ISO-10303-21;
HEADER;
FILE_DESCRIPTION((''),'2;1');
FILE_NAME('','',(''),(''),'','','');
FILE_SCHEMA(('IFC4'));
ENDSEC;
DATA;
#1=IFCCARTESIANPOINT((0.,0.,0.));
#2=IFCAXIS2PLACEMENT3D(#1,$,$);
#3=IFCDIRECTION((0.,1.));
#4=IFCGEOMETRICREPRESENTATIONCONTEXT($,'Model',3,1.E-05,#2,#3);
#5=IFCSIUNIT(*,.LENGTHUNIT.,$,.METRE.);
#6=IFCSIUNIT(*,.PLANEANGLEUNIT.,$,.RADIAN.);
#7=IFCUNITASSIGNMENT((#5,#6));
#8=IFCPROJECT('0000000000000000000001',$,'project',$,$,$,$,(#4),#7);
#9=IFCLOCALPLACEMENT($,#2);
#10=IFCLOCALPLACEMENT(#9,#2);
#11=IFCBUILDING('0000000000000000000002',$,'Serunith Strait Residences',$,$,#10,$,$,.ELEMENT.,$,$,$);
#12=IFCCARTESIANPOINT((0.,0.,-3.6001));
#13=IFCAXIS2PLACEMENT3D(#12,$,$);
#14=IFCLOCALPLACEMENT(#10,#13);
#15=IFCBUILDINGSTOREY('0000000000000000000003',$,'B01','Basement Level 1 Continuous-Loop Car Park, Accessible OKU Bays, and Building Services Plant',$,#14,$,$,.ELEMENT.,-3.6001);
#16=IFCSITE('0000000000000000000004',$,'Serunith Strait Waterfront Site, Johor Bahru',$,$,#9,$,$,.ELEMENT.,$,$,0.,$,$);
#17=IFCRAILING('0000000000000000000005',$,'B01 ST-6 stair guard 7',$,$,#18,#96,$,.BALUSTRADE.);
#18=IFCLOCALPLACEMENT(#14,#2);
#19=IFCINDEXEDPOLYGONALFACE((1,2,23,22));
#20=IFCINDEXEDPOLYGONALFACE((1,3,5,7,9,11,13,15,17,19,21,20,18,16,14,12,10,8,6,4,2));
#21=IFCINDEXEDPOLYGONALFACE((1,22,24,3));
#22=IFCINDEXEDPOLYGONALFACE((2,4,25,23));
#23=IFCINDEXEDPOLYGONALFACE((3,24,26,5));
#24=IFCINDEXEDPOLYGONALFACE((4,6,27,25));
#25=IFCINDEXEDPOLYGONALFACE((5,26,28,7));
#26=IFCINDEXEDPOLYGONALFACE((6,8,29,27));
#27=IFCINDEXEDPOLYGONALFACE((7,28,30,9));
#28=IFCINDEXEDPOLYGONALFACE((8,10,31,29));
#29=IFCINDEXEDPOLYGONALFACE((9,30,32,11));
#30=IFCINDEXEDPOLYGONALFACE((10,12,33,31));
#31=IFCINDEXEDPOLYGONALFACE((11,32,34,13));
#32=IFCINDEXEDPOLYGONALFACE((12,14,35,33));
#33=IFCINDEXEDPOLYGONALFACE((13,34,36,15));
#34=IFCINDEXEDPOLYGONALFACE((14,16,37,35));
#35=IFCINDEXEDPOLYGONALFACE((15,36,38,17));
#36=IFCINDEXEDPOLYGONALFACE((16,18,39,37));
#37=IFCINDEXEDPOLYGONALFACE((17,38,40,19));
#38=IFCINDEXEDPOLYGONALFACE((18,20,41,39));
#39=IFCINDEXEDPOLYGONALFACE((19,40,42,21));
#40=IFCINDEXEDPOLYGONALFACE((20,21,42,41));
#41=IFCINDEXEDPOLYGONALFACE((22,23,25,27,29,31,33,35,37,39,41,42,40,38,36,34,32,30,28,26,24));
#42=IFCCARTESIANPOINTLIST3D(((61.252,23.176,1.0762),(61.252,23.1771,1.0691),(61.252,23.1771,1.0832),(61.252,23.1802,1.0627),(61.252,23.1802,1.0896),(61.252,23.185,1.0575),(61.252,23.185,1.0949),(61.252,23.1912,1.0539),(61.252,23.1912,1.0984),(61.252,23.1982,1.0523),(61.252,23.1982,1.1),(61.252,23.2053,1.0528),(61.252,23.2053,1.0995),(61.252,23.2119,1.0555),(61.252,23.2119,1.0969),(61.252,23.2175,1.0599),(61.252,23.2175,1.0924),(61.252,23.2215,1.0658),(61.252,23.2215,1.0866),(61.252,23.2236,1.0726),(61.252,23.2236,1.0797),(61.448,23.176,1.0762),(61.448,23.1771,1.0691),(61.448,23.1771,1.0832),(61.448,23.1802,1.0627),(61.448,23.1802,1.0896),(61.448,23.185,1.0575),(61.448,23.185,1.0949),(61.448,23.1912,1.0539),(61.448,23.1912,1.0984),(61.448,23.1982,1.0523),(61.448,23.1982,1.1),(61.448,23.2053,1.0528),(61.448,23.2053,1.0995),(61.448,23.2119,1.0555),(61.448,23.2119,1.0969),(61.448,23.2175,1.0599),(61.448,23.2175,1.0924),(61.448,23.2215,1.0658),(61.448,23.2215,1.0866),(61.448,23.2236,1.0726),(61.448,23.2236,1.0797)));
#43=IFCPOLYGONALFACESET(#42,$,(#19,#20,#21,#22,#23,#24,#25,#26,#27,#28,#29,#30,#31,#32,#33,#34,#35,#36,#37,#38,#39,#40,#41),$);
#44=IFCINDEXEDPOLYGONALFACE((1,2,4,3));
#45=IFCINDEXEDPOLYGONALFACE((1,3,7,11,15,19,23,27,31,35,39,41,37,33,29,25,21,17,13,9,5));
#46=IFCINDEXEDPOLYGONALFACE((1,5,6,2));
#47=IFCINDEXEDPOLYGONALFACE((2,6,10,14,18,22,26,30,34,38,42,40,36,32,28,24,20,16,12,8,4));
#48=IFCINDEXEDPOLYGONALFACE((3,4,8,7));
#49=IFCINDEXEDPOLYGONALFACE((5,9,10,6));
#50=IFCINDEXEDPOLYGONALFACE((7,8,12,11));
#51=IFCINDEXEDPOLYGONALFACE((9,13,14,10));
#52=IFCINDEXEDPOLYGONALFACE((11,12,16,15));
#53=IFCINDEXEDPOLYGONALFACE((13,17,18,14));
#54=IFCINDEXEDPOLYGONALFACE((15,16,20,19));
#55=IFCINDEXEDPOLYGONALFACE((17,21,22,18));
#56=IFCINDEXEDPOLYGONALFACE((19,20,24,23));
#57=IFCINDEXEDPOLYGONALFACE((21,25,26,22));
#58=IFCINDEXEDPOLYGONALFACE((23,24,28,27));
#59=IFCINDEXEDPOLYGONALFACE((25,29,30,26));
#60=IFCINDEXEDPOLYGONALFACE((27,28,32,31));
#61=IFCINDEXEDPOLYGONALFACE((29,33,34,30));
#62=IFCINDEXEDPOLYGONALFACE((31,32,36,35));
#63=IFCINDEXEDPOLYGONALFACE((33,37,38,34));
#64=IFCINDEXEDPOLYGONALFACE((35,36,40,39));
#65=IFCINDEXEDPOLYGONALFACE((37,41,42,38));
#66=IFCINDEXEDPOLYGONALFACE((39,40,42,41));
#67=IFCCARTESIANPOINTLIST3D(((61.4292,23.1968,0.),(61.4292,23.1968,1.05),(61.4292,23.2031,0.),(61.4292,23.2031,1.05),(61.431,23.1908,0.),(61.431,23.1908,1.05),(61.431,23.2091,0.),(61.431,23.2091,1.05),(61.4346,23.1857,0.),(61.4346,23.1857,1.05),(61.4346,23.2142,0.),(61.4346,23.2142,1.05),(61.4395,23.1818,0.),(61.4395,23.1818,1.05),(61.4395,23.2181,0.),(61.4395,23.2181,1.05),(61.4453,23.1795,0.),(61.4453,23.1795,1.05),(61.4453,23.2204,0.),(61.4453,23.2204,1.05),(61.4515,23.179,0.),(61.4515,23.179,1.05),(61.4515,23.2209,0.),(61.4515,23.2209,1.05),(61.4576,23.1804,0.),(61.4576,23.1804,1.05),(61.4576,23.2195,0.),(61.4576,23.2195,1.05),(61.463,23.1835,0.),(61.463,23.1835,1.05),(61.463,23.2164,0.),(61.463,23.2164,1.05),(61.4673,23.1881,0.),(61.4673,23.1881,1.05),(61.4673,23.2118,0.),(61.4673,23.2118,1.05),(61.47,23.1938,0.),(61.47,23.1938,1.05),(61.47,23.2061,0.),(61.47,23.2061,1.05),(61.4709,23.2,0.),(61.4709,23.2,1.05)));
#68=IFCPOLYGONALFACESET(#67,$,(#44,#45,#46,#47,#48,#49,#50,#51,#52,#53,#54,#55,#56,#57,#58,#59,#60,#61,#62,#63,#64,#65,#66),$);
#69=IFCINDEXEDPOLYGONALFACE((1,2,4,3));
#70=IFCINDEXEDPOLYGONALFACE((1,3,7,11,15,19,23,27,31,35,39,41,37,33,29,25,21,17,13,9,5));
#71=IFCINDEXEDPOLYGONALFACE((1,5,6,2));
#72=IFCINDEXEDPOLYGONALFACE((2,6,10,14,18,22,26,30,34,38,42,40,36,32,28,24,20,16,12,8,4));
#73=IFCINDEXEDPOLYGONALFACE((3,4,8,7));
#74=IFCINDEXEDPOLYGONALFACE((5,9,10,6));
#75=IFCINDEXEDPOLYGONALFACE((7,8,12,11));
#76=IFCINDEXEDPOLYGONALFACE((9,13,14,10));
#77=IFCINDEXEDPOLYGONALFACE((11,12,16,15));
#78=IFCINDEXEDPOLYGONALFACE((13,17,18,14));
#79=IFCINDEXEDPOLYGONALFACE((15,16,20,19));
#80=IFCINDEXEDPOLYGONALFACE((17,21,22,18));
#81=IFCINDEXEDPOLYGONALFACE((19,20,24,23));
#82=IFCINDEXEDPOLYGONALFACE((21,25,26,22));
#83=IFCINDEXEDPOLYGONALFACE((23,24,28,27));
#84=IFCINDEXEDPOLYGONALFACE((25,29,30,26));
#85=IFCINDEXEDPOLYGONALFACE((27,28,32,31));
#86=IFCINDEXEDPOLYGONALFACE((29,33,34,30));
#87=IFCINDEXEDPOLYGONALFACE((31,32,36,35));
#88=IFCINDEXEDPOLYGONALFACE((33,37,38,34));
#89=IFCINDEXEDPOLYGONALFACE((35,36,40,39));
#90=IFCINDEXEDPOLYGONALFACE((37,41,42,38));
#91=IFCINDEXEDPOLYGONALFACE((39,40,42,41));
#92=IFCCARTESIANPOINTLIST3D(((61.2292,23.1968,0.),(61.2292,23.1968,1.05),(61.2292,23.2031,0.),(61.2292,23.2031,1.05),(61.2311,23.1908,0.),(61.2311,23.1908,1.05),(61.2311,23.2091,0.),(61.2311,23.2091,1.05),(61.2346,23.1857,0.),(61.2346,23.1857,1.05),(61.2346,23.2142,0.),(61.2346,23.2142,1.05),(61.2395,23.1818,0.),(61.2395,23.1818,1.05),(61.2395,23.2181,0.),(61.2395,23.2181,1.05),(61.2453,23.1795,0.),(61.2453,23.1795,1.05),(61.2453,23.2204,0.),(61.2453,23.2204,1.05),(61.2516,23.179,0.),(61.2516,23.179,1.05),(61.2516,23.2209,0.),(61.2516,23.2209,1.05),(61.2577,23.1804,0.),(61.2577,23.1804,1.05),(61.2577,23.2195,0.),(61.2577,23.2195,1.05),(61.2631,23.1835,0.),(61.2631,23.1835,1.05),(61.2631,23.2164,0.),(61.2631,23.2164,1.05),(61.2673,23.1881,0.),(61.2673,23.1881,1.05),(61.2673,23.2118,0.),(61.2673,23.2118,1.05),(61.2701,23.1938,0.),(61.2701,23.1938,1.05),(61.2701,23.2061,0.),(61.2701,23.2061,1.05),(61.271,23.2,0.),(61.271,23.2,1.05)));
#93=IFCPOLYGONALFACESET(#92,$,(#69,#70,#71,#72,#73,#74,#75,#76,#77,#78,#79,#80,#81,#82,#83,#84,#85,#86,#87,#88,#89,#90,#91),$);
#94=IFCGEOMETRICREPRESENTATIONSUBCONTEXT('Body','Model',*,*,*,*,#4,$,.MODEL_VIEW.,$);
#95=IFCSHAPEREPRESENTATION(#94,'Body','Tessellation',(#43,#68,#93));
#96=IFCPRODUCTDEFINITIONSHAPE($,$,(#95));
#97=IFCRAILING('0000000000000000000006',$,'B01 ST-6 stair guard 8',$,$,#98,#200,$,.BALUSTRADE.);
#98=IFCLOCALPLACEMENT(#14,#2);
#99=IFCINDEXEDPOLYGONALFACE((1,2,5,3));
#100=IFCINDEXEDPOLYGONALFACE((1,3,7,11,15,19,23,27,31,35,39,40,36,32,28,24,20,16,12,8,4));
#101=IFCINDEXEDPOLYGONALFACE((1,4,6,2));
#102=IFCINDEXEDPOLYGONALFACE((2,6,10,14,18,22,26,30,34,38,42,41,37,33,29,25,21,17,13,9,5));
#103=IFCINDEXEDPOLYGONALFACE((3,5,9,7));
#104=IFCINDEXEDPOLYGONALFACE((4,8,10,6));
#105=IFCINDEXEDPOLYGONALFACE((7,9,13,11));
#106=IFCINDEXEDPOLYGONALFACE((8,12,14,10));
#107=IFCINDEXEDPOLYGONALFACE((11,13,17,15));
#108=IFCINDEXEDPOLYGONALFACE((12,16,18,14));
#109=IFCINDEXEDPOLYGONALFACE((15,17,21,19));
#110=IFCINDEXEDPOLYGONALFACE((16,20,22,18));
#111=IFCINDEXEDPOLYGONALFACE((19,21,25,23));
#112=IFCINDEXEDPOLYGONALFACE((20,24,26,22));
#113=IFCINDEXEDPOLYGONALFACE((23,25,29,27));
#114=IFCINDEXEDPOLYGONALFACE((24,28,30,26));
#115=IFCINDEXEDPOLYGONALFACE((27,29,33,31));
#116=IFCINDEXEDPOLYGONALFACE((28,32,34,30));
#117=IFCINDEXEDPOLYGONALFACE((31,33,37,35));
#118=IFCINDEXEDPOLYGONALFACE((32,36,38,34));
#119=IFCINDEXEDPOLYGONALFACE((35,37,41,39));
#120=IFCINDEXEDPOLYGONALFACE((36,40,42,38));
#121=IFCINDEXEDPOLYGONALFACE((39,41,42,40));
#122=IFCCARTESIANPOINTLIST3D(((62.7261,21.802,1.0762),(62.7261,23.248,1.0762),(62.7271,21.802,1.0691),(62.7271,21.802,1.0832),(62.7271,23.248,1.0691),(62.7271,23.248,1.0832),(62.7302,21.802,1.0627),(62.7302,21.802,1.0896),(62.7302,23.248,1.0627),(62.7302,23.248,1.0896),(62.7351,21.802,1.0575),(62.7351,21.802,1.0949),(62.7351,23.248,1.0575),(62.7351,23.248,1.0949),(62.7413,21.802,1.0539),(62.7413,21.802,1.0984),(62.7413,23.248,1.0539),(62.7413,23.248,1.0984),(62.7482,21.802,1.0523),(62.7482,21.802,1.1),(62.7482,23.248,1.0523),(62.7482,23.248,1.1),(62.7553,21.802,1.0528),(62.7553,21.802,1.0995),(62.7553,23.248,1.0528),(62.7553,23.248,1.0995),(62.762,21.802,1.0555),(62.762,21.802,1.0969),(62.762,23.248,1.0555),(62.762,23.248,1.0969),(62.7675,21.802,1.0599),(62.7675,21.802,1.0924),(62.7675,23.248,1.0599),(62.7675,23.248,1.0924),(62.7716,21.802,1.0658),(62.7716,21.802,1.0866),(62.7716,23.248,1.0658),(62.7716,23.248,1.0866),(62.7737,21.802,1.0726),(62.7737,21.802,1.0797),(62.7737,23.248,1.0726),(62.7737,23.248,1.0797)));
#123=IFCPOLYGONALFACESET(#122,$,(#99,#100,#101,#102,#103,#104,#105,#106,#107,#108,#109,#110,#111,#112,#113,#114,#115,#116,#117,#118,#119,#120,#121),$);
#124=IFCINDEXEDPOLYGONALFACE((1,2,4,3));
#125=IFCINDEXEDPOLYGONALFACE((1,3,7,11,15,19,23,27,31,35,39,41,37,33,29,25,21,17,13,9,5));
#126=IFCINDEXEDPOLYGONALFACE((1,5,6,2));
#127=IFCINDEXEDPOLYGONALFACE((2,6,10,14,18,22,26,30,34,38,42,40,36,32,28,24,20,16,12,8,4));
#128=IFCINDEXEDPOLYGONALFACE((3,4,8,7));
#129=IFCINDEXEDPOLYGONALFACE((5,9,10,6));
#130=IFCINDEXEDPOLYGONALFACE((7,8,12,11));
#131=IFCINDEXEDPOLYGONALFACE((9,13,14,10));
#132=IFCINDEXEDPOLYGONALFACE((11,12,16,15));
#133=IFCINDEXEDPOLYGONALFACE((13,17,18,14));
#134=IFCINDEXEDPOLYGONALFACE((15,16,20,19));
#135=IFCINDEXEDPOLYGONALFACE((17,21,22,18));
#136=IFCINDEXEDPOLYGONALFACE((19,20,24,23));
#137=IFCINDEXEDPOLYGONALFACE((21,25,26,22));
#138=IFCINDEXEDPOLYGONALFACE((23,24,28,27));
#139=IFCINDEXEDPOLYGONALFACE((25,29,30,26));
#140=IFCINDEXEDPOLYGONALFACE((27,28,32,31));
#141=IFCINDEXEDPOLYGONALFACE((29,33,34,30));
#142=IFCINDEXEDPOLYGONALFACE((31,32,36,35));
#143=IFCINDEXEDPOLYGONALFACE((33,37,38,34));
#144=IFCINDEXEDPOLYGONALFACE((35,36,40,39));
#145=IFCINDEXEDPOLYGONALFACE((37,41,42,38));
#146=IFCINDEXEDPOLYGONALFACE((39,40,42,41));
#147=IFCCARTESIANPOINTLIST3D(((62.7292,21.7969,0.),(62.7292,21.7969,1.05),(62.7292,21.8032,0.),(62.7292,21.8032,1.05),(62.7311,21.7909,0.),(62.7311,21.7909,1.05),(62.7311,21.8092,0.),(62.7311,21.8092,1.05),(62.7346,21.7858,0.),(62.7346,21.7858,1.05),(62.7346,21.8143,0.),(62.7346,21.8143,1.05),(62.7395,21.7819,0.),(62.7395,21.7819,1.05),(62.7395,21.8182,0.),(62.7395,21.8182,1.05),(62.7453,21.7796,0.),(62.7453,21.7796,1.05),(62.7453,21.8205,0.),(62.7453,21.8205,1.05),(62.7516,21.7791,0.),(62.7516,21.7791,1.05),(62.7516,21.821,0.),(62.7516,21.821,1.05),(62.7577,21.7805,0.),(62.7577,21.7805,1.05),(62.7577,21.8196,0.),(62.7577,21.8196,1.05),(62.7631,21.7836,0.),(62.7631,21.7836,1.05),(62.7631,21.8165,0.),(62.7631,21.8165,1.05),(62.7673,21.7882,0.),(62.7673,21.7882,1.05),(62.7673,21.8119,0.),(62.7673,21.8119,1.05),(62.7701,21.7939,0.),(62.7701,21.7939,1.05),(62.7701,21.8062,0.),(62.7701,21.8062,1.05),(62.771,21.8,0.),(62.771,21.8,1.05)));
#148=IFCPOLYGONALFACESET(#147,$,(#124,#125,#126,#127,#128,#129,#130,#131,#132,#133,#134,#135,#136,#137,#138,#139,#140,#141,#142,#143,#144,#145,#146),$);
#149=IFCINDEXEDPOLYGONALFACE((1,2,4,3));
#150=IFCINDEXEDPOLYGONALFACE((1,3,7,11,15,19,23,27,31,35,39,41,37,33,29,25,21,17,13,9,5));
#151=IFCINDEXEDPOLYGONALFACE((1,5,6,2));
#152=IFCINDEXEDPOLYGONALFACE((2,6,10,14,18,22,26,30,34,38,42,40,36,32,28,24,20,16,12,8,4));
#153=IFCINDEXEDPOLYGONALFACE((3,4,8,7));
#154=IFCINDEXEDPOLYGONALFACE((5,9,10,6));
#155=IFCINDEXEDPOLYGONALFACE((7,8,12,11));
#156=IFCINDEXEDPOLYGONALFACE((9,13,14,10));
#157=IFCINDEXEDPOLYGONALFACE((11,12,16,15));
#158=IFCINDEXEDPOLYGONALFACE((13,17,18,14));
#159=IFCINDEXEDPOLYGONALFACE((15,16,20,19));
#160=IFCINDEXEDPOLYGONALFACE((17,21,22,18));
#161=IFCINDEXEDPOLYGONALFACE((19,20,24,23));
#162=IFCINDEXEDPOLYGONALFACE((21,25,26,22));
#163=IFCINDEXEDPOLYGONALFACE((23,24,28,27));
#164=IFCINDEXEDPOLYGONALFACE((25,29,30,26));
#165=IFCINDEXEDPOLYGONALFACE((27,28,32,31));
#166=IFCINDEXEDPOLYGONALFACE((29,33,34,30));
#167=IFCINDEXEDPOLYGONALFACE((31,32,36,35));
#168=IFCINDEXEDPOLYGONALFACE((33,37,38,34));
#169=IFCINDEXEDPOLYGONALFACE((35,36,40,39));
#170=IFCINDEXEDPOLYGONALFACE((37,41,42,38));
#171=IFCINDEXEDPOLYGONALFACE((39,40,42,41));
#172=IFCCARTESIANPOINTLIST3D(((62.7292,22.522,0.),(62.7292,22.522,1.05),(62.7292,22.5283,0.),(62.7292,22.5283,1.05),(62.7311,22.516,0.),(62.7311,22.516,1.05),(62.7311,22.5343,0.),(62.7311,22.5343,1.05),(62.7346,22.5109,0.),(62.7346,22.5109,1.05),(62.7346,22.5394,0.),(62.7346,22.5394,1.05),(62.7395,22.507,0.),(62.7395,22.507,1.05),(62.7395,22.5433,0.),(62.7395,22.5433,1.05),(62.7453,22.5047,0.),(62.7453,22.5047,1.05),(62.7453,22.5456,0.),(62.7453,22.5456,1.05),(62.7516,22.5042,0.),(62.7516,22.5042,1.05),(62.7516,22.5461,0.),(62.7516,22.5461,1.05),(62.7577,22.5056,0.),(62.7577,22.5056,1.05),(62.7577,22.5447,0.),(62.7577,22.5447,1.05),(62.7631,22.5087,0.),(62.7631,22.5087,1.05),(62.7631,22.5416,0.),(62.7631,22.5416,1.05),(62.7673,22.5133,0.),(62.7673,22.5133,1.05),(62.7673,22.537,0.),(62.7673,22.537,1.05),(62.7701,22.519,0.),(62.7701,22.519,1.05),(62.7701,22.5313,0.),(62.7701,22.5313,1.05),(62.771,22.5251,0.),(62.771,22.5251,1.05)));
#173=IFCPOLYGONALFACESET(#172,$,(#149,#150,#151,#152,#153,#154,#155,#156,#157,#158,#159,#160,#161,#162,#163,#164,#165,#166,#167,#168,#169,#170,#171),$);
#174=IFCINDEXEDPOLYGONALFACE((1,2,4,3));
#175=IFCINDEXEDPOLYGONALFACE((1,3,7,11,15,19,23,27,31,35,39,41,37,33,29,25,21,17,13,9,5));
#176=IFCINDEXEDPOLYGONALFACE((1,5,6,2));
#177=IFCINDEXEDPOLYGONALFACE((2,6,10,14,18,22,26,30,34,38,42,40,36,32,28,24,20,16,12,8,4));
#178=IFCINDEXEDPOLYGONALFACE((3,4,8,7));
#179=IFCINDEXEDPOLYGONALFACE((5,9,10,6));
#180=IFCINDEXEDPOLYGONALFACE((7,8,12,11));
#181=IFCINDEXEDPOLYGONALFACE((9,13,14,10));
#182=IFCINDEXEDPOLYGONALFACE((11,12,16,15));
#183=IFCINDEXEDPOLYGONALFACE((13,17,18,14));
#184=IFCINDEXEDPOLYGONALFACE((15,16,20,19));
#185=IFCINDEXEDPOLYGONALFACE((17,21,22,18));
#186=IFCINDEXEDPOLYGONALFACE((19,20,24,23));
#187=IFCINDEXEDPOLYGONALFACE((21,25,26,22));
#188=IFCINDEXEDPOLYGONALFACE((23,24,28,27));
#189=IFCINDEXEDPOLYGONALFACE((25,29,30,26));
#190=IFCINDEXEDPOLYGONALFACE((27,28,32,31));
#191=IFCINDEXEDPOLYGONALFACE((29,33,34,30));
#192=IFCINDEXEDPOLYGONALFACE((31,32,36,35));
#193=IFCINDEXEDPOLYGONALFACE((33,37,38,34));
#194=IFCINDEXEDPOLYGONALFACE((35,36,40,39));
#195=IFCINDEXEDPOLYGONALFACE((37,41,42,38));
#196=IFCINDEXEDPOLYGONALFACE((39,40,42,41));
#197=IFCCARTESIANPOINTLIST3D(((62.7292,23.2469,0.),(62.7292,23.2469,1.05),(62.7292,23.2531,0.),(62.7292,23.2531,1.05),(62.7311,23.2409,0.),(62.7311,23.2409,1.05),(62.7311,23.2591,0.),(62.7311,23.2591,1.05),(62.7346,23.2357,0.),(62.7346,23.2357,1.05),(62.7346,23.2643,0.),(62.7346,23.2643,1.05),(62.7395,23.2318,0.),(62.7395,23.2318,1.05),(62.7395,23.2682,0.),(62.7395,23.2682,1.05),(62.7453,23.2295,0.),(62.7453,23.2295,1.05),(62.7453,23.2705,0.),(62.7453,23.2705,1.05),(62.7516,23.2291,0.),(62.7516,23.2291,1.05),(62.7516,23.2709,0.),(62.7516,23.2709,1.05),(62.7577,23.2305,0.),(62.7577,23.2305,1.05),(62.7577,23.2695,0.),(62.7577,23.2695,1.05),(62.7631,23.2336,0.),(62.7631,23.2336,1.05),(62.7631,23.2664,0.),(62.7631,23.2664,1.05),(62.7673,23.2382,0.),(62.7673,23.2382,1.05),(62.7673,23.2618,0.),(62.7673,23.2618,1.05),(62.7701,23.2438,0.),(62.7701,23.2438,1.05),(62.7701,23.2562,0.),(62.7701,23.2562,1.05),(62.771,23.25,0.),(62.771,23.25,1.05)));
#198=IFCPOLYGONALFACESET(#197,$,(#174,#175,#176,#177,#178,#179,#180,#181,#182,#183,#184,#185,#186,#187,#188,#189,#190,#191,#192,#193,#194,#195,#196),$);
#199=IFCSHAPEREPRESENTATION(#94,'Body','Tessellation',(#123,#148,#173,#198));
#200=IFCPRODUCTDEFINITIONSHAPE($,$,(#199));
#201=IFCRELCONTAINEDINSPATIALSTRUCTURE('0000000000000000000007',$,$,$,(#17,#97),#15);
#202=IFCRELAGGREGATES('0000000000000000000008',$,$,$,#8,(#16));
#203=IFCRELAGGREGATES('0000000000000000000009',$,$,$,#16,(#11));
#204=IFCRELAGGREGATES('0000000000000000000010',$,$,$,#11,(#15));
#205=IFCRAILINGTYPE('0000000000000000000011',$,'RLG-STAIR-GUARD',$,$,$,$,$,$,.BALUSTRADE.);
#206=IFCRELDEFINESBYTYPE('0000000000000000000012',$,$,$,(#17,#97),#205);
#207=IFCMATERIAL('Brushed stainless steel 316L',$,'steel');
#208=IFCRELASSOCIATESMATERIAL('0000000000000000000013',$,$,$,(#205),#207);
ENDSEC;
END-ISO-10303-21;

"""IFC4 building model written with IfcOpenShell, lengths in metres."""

from ifc_helpers import new_model, si_unit, direction, frame, origin, origin_2d, place, context, subcontext, project, spatial, circle, extrude, material, type_object, element, save


model = new_model("IFC4")

# Units and contexts
model_context = context("Model", 3, precision=1e-05, world=origin(), true_north=direction((0.0, 1.0)))
body_context = subcontext(model_context, "Body", "Model", "MODEL_VIEW")
ifc_project = project(units=[si_unit("LENGTHUNIT", "METRE"), si_unit("PLANEANGLEUNIT", "RADIAN")], contexts=[model_context])

# Site, building, storey
site_placement = place(None, origin())
site = spatial("IfcSite", under=ifc_project, at=site_placement, Name="Serunith Strait Waterfront Site, Johor Bahru", CompositionType="ELEMENT", RefElevation=0.0)
building_placement = place(site_placement, origin())
building = spatial("IfcBuilding", under=site, at=building_placement, Name="Serunith Strait Residences", CompositionType="ELEMENT")
storey_placement = place(building_placement, frame((0.0, 0.0, -3.6001)))
storey = spatial("IfcBuildingStorey", under=building, at=storey_placement, Name="B01", Description="Basement Level 1 Continuous-Loop Car Park, Accessible OKU Bays, and Building Services Plant", CompositionType="ELEMENT", Elevation=-3.6001)

# Railings
ifc_material_1 = material(Name="Brushed stainless steel 316L", Category="steel")
railing_type_1 = type_object("IfcRailingType", Name="RLG-STAIR-GUARD", PredefinedType="BALUSTRADE", material=ifc_material_1)
railing_1_placement = place(storey_placement, frame((61.45, 23.2, 0.0)))
element("IfcRailing", 1, at=railing_1_placement, inside=storey, type_object=railing_type_1, Name="B01 ST-6 stair guard 7", PredefinedType="BALUSTRADE", context=body_context, shape_type="SweptSolid", body=[
    extrude(circle(Radius=0.0239, at=origin_2d()), frame((-0.002, 0.0, 1.0762), z_axis=(-1.0, 0.0, 0.0), x_axis=(0.0, -1.0, 0.0)), (0.0, 0.0, 1.0), 0.196),
    extrude(circle(Radius=0.021, at=origin_2d()), origin(), (0.0, 0.0, 1.0), 1.05),
    extrude(circle(Radius=0.021, at=origin_2d()), frame((-0.2, 0.0, 0.0)), (0.0, 0.0, 1.0), 1.05),
])
for number, where, name in (
    (2, (62.75, 21.8, 0.0), "B01 ST-6 stair guard 8"),
):
    element("IfcRailing", number, at=place(storey_placement, frame(where)), inside=storey, type_object=railing_type_1, Name=name, PredefinedType="BALUSTRADE", context=body_context, shape_type="SweptSolid", body=[
        extrude(circle(Radius=0.0239, at=origin_2d()), frame((0.0, 0.002, 1.0762), z_axis=(0.0, 1.0, 0.0), x_axis=(-1.0, 0.0, 0.0)), (0.0, 0.0, 1.0), 1.446),
        extrude(circle(Radius=0.021, at=origin_2d()), origin(), (0.0, 0.0, 1.0), 1.05),
        extrude(circle(Radius=0.021, at=origin_2d()), frame((0.0, 0.7251, 0.0)), (0.0, 0.0, 1.0), 1.05),
        extrude(circle(Radius=0.021, at=origin_2d()), frame((0.0, 1.45, 0.0)), (0.0, 0.0, 1.0), 1.05),
    ])

save(model, "model.ifc")
